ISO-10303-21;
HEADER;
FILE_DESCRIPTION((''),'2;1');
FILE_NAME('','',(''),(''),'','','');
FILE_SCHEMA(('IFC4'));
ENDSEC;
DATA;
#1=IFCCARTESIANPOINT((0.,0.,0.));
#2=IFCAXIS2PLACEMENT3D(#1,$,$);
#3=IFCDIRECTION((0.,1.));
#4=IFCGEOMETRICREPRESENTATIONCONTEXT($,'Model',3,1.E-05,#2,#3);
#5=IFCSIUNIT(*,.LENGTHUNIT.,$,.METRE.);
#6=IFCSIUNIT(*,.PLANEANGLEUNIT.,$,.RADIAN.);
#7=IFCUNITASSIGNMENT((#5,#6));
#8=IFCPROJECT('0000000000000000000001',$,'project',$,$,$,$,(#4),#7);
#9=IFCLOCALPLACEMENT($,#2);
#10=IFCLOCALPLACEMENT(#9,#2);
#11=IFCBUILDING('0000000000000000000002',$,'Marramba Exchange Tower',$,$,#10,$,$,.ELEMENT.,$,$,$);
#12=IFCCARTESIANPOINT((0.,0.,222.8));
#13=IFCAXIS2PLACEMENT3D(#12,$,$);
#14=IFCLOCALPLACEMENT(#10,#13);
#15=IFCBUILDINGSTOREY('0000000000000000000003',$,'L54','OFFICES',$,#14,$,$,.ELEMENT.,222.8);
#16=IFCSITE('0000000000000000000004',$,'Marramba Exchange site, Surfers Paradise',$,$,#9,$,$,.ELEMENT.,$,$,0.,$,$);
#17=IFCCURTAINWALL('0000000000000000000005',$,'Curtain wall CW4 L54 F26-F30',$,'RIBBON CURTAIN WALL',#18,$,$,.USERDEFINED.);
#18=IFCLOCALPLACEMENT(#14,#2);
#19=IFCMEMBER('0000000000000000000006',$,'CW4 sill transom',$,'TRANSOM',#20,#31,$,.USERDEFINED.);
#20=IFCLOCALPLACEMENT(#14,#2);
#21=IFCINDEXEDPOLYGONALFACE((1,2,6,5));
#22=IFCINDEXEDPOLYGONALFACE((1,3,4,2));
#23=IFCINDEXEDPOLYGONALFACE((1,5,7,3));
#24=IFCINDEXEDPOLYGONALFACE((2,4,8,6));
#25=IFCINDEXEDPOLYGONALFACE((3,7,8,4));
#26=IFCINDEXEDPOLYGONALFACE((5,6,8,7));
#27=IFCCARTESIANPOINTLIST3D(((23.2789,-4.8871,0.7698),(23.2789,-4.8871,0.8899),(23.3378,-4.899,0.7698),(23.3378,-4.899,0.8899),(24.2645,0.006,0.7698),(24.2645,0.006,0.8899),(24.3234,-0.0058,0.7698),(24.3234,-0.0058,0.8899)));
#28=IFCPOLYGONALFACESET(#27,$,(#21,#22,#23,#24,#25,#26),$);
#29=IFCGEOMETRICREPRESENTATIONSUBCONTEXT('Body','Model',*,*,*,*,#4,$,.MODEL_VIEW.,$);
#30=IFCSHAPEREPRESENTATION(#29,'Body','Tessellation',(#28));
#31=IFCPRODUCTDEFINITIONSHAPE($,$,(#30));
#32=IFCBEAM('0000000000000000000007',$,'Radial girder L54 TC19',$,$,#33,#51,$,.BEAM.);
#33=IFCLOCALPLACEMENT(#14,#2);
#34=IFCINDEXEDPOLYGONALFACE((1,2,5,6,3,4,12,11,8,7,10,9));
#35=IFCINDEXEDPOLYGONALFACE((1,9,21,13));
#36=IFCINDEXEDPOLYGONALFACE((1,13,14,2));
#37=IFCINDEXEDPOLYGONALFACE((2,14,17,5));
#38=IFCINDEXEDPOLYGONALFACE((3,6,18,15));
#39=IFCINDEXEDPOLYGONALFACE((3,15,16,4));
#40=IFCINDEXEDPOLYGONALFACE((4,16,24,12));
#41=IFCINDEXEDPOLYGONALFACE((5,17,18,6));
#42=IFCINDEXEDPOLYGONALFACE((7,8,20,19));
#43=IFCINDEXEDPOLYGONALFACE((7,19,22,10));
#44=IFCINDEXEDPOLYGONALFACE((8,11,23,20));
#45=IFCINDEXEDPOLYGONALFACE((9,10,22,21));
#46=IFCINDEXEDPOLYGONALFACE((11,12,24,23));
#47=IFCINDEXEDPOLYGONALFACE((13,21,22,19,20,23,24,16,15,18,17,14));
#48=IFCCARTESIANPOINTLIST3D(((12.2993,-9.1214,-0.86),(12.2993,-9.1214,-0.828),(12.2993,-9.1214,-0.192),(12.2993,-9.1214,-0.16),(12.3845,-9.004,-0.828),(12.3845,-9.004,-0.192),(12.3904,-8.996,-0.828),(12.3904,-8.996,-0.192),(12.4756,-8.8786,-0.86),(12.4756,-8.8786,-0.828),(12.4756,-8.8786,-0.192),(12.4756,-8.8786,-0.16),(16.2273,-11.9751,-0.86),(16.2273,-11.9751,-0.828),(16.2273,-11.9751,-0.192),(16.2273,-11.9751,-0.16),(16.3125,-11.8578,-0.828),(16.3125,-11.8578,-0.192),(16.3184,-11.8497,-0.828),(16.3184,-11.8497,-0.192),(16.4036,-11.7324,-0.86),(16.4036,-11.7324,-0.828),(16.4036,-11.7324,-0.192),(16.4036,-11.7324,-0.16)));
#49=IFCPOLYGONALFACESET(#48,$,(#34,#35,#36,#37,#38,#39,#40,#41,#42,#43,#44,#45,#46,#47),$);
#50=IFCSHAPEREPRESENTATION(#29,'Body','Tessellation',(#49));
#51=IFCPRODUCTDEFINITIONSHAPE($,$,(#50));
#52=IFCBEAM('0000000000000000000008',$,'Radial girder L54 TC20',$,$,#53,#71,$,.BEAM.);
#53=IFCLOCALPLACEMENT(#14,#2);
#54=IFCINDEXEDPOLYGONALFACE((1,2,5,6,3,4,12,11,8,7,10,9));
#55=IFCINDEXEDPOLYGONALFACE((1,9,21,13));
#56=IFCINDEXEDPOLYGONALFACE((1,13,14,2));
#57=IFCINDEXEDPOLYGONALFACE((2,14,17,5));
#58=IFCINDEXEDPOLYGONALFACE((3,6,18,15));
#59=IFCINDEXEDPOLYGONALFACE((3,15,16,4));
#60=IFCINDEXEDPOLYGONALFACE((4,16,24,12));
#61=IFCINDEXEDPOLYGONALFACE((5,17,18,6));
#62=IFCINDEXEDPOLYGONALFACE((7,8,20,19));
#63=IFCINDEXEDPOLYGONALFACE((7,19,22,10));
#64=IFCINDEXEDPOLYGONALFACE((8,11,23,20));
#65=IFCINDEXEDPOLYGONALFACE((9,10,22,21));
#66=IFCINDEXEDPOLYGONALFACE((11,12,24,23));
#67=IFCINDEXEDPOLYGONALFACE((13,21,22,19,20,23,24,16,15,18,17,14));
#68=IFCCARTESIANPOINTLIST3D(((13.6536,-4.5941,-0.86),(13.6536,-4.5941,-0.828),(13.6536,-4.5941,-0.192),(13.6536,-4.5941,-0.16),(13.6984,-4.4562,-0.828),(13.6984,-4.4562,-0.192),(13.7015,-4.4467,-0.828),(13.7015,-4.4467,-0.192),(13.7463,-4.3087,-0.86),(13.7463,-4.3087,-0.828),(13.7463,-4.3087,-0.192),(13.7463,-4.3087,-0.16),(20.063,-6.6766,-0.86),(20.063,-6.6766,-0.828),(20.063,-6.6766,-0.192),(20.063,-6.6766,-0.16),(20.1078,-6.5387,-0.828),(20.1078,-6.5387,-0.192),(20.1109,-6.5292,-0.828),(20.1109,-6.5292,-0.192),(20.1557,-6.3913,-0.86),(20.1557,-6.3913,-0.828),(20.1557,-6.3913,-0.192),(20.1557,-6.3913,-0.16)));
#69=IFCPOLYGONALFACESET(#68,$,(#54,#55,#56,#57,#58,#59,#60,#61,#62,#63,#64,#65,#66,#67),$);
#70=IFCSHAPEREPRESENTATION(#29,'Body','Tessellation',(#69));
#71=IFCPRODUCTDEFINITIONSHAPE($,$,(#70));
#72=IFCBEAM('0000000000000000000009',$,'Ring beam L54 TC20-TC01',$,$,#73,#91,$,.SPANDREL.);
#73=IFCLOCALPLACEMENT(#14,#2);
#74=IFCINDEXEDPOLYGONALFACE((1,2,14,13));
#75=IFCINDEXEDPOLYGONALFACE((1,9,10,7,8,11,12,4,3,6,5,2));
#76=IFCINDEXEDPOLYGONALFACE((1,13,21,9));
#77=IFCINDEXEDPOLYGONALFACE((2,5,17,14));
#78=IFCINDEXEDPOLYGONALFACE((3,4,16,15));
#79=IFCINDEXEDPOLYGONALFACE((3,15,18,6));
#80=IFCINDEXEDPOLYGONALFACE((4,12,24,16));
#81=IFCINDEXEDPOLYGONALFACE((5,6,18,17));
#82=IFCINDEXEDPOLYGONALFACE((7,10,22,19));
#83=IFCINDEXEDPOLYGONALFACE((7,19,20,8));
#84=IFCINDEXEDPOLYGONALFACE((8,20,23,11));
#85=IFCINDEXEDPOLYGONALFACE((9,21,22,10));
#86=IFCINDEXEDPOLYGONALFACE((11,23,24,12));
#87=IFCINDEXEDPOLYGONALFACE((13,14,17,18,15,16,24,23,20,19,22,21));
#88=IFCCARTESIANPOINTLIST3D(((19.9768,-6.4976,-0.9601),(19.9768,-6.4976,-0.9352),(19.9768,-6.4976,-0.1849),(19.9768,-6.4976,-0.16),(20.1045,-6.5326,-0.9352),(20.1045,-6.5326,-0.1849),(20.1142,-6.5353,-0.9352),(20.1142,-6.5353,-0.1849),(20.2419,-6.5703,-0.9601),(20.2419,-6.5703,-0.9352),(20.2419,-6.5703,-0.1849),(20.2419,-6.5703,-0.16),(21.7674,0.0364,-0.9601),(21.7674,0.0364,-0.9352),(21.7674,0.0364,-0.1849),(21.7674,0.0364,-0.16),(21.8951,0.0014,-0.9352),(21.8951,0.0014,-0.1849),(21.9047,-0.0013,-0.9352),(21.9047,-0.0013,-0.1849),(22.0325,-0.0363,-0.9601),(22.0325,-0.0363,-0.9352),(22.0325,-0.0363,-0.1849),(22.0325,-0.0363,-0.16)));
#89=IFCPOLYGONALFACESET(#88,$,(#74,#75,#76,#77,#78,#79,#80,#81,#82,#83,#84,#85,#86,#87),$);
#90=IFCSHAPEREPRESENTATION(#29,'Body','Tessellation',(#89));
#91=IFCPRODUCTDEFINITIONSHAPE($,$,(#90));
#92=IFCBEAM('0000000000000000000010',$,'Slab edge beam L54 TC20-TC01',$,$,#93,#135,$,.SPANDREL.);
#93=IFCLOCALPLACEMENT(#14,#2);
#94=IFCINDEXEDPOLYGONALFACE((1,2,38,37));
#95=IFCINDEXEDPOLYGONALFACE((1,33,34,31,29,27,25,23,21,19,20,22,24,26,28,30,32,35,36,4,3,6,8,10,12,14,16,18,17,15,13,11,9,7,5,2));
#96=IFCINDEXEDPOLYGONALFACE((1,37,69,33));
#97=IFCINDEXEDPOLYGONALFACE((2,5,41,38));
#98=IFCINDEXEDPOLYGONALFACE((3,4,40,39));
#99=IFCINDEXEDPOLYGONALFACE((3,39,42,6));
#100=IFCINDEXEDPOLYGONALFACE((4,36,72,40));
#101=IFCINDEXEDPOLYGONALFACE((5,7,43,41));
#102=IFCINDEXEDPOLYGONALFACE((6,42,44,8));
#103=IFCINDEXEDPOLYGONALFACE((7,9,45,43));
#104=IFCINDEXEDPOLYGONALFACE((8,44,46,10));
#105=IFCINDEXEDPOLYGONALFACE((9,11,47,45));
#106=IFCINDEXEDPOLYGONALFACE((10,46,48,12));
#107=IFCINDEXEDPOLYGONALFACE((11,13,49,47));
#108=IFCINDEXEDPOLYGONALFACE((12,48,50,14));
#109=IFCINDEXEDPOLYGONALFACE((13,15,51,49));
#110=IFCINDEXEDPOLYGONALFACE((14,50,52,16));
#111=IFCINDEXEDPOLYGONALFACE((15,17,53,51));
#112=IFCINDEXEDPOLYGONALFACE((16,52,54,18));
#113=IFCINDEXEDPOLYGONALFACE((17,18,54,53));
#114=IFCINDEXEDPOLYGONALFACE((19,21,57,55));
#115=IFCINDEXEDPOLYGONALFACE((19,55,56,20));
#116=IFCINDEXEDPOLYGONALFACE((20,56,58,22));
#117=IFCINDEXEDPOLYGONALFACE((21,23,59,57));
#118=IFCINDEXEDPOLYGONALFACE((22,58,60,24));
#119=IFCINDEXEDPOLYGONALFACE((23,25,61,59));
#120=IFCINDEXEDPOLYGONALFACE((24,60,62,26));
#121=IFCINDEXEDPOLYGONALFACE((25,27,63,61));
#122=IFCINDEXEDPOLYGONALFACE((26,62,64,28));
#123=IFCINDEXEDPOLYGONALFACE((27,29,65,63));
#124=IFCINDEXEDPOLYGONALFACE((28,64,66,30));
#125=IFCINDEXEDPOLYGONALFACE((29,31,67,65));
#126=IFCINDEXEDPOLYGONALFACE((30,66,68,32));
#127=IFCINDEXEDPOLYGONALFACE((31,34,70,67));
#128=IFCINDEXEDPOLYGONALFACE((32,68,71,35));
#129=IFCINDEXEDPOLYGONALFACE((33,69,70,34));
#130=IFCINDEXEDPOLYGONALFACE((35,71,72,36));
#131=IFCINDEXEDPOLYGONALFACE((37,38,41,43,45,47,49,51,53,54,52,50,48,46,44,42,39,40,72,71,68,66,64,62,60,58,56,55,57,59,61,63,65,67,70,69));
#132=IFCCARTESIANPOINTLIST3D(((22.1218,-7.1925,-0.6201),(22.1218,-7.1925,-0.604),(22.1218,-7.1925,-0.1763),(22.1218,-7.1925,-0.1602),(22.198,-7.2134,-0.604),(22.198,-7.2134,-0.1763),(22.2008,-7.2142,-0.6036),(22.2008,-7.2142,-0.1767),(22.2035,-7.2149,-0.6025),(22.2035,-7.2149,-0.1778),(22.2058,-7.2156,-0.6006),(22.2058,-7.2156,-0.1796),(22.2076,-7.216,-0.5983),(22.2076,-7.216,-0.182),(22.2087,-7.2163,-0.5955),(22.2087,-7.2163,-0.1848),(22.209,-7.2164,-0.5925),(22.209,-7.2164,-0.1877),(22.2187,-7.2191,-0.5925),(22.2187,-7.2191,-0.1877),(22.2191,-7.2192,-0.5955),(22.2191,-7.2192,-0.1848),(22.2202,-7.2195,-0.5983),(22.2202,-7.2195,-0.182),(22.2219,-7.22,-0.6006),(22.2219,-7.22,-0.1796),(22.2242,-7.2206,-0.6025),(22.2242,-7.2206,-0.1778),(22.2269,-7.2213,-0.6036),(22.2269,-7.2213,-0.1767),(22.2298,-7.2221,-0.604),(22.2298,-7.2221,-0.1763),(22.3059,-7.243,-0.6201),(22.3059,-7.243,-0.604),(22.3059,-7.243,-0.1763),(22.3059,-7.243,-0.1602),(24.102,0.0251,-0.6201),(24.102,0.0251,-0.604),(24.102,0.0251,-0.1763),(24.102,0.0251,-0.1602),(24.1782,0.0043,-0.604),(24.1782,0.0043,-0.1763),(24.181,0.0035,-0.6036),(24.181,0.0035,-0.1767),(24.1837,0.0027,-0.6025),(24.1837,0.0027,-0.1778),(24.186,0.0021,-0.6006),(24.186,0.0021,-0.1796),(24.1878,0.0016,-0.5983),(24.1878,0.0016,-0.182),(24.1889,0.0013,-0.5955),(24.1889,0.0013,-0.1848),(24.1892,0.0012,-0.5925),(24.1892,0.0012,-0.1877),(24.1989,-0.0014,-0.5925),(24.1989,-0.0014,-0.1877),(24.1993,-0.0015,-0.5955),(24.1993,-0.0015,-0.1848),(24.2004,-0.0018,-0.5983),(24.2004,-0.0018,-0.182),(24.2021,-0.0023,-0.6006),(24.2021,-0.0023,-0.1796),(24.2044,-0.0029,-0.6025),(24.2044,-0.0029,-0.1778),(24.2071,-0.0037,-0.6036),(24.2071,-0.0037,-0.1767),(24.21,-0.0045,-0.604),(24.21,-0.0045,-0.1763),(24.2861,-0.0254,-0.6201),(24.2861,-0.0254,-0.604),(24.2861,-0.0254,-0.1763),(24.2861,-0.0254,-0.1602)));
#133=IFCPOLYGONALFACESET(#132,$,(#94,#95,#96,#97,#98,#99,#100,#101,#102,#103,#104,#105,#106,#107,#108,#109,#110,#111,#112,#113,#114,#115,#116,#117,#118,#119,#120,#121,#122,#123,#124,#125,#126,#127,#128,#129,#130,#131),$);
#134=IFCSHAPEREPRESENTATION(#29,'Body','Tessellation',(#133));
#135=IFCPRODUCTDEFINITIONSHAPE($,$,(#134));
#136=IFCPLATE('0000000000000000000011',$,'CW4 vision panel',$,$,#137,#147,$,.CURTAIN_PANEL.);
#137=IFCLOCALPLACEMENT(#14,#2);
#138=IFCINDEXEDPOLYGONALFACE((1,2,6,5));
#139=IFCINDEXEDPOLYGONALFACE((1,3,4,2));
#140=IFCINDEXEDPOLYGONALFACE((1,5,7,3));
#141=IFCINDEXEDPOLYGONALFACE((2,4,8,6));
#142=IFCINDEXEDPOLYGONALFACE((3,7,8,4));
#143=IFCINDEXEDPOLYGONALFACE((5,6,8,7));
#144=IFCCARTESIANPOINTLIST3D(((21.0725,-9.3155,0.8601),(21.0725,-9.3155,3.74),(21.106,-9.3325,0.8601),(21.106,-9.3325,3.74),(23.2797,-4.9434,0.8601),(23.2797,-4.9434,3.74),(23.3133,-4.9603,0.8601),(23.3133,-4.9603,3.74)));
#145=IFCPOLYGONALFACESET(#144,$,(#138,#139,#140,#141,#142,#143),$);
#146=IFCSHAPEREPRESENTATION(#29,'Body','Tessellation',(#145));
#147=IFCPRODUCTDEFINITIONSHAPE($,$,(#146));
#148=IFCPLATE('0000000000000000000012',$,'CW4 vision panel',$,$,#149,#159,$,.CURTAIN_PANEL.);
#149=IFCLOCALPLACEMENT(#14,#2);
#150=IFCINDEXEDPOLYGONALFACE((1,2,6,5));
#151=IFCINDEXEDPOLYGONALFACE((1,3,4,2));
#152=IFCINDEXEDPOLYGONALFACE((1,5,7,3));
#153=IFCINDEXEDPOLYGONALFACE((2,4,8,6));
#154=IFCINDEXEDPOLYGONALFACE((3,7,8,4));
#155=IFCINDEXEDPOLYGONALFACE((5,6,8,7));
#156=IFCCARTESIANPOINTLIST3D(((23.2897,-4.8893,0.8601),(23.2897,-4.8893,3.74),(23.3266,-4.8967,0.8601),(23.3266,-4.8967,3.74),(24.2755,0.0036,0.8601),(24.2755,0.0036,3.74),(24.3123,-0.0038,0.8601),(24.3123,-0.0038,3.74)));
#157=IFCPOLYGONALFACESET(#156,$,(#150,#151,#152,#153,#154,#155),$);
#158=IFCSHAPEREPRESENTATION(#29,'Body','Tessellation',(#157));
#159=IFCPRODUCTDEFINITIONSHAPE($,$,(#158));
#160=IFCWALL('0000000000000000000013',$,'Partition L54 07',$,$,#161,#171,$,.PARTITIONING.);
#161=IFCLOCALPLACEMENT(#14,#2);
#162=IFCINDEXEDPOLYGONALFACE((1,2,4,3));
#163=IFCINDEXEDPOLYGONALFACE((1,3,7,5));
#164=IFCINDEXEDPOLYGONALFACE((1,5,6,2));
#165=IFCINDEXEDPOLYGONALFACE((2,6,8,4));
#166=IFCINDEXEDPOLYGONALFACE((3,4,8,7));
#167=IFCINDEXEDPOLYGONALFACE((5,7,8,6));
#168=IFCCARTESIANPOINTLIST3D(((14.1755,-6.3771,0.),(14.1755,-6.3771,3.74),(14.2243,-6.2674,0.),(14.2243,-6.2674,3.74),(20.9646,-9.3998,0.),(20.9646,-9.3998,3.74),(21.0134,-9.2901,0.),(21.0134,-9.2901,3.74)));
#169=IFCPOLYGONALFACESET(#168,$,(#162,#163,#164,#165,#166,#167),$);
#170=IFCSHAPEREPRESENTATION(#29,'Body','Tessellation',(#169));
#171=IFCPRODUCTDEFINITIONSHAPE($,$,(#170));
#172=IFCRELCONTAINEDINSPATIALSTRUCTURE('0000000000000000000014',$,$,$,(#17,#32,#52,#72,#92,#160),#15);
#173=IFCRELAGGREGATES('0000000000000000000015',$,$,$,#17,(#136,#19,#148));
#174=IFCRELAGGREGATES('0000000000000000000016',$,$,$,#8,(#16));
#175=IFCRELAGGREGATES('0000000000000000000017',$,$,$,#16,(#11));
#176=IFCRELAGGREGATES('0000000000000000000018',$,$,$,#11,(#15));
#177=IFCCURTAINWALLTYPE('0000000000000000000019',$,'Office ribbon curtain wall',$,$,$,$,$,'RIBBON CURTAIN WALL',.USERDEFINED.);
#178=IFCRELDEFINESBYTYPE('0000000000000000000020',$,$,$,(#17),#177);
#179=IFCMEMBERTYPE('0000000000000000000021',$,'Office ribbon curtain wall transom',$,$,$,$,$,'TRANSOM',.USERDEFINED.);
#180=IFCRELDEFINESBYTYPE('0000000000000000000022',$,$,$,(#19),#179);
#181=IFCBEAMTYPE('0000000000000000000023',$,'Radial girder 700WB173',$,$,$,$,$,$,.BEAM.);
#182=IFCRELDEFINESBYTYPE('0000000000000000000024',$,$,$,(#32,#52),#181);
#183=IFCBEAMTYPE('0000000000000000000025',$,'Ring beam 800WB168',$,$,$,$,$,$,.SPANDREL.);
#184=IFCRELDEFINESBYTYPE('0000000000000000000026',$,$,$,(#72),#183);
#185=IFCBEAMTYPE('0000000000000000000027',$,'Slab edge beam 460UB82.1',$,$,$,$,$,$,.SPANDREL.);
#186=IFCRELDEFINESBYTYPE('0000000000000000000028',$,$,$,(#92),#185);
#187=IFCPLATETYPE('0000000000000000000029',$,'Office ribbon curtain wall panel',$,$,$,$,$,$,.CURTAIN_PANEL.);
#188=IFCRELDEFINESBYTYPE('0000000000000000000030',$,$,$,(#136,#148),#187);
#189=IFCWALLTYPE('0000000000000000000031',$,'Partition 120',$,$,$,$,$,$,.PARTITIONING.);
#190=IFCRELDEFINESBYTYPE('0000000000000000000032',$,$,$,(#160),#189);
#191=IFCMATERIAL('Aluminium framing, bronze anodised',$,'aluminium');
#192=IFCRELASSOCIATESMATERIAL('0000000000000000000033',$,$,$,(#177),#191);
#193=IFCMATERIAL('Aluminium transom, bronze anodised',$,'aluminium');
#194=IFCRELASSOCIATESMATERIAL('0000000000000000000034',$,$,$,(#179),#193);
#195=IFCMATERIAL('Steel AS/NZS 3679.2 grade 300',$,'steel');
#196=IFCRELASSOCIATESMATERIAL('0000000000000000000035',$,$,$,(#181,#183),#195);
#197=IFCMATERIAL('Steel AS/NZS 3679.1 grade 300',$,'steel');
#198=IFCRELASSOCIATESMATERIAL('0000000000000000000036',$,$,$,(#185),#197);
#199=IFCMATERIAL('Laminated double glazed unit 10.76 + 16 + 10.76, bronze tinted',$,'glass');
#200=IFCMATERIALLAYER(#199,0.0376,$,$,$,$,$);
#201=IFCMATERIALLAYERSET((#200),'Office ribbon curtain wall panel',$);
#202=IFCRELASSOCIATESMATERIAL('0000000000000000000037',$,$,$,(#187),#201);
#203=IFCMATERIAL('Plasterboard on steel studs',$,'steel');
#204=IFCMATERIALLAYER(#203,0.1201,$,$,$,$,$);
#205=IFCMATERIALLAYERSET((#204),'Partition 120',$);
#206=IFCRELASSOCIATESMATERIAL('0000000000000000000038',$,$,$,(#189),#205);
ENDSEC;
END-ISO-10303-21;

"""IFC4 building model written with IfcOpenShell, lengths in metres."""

from ifc_helpers import new_model, si_unit, direction, frame, frame_2d, origin, origin_2d, place, context, subcontext, project, spatial, rectangle, i_section, extrude, material, layer, layer_set, material_profile, profile_set, type_object, element, aggregate, save


model = new_model("IFC4")

# Units and contexts
model_context = context("Model", 3, precision=1e-05, world=origin(), true_north=direction((0.0, 1.0)))
body_context = subcontext(model_context, "Body", "Model", "MODEL_VIEW")
ifc_project = project(units=[si_unit("LENGTHUNIT", "METRE"), si_unit("PLANEANGLEUNIT", "RADIAN")], contexts=[model_context])

# Site, building, storey
site_placement = place(None, origin())
site = spatial("IfcSite", under=ifc_project, at=site_placement, Name="Marramba Exchange site, Surfers Paradise", CompositionType="ELEMENT", RefElevation=0.0)
building_placement = place(site_placement, origin())
building = spatial("IfcBuilding", under=site, at=building_placement, Name="Marramba Exchange Tower", CompositionType="ELEMENT")
storey_placement = place(building_placement, frame((0.0, 0.0, 222.8)))
storey = spatial("IfcBuildingStorey", under=building, at=storey_placement, Name="L54", Description="OFFICES", CompositionType="ELEMENT", Elevation=222.8)

# Shared definitions
ifc_material_1 = material(Name="Steel AS/NZS 3679.2 grade 300", Category="steel")
ifc_material_2 = material(Name="Steel AS/NZS 3679.1 grade 300", Category="steel")

# Curtain wall, member
ifc_material_3 = material(Name="Aluminium framing, bronze anodised", Category="aluminium")
curtain_wall_type = type_object("IfcCurtainWallType", Name="Office ribbon curtain wall", ElementType="RIBBON CURTAIN WALL", PredefinedType="USERDEFINED", material=ifc_material_3)
curtain_wall_placement = place(storey_placement, origin())
curtain_wall = element("IfcCurtainWall", 1, at=curtain_wall_placement, inside=storey, type_object=curtain_wall_type, Name="Curtain wall CW4 L54 F26-F30", ObjectType="RIBBON CURTAIN WALL", PredefinedType="USERDEFINED")
ifc_material_4 = material(Name="Aluminium transom, bronze anodised", Category="aluminium")
ifc_material_profile_1 = material_profile(ifc_material_4, rectangle(XDim=0.0601, YDim=0.1201, at=origin_2d()), Name="CW4 transom 60x120")
ifc_profile_set_1 = profile_set([ifc_material_profile_1], Name="Aluminium transom, bronze anodised")
member_type_1 = type_object("IfcMemberType", Name="Office ribbon curtain wall transom", ElementType="TRANSOM", PredefinedType="USERDEFINED", material=ifc_profile_set_1)
member_1_placement = place(storey_placement, frame((23.3083, -4.8931, 0.8298), z_axis=(0.197461, 0.980311, 0.0), x_axis=(-0.980311, 0.197461, 0.0)))
member_1 = element("IfcMember", 2, at=member_1_placement, type_object=member_type_1, Name="CW4 sill transom", ObjectType="TRANSOM", PredefinedType="USERDEFINED", context=body_context, shape_type="SweptSolid", body=[
    extrude(rectangle(XDim=0.0601, YDim=0.1201, at=origin_2d()), origin(), (0.0, 0.0, 1.0), 4.9915),
])

# Beams
ifc_material_profile_2 = material_profile(ifc_material_1, i_section(OverallWidth=0.3, OverallDepth=0.7, WebThickness=0.01, FlangeThickness=0.032, at=origin_2d()), Name="700WB173")
ifc_profile_set_2 = profile_set([ifc_material_profile_2], Name="Steel AS/NZS 3679.2 grade 300")
beam_type_1 = type_object("IfcBeamType", Name="Radial girder 700WB173", PredefinedType="BEAM", material=ifc_profile_set_2)
beam_1_placement = place(storey_placement, frame((12.3875, -9.0, -0.51), z_axis=(0.809025, -0.587774, 0.0), x_axis=(0.587774, 0.809025, 0.0)))
element("IfcBeam", 3, at=beam_1_placement, inside=storey, type_object=beam_type_1, Name="Radial girder L54 TC19", PredefinedType="BEAM", context=body_context, shape_type="SweptSolid", body=[
    extrude(i_section(OverallWidth=0.3, OverallDepth=0.7, WebThickness=0.01, FlangeThickness=0.032, at=origin_2d()), origin(), (0.0, 0.0, 1.0), 4.8552),
])
beam_2_placement = place(storey_placement, frame((13.7, -4.4514, -0.51), z_axis=(0.951058, -0.309013, 0.0), x_axis=(0.309013, 0.951058, 0.0)))
element("IfcBeam", 4, at=beam_2_placement, inside=storey, type_object=beam_type_1, Name="Radial girder L54 TC20", PredefinedType="BEAM", context=body_context, shape_type="SweptSolid", body=[
    extrude(i_section(OverallWidth=0.3, OverallDepth=0.7, WebThickness=0.01, FlangeThickness=0.032, at=origin_2d()), origin(), (0.0, 0.0, 1.0), 6.7393),
])
ifc_material_profile_3 = material_profile(ifc_material_1, i_section(OverallWidth=0.2749, OverallDepth=0.8, WebThickness=0.01, FlangeThickness=0.0249, at=origin_2d()), Name="800WB168")
ifc_profile_set_3 = profile_set([ifc_material_profile_3], Name="Steel AS/NZS 3679.2 grade 300")
beam_type_2 = type_object("IfcBeamType", Name="Ring beam 800WB168", PredefinedType="SPANDREL", material=ifc_profile_set_3)
beam_3_placement = place(storey_placement, frame((20.1094, -6.5339, -0.5601), z_axis=(0.264291, 0.964443, 0.0), x_axis=(-0.964443, 0.264291, 0.0)))
element("IfcBeam", 5, at=beam_3_placement, inside=storey, type_object=beam_type_2, Name="Ring beam L54 TC20-TC01", PredefinedType="SPANDREL", context=body_context, shape_type="SweptSolid", body=[
    extrude(i_section(OverallWidth=0.2749, OverallDepth=0.8, WebThickness=0.01, FlangeThickness=0.0249, at=origin_2d()), origin(), (0.0, 0.0, 1.0), 6.7749),
])
ifc_material_profile_4 = material_profile(ifc_material_2, i_section(OverallWidth=0.1909, OverallDepth=0.46, WebThickness=0.01, FlangeThickness=0.0161, FilletRadius=0.0115, at=origin_2d()), Name="460UB82.1")
ifc_profile_set_4 = profile_set([ifc_material_profile_4], Name="Steel AS/NZS 3679.1 grade 300")
beam_type_3 = type_object("IfcBeamType", Name="Slab edge beam 460UB82.1", PredefinedType="SPANDREL", material=ifc_profile_set_4)
beam_4_placement = place(storey_placement, frame((22.2139, -7.2178, -0.3901), z_axis=(0.264577, 0.964365, 0.0), x_axis=(-0.964365, 0.264577, 0.0)))
element("IfcBeam", 6, at=beam_4_placement, inside=storey, type_object=beam_type_3, Name="Slab edge beam L54 TC20-TC01", PredefinedType="SPANDREL", context=body_context, shape_type="SweptSolid", body=[
    extrude(i_section(OverallWidth=0.1909, OverallDepth=0.46, WebThickness=0.01, FlangeThickness=0.0161, FilletRadius=0.0115, at=origin_2d()), origin(), (0.0, 0.0, 1.0), 7.4844),
])

# Plates
ifc_material_5 = material(Name="Laminated double glazed unit 10.76 + 16 + 10.76, bronze tinted", Category="glass")
ifc_layer_1 = layer(ifc_material_5, 0.0376)
ifc_layer_set_1 = layer_set([ifc_layer_1], Name="Office ribbon curtain wall panel")
plate_type = type_object("IfcPlateType", Name="Office ribbon curtain wall panel", PredefinedType="CURTAIN_PANEL", material=ifc_layer_set_1)
plate_1_placement = place(storey_placement, frame((22.1929, -7.1379, 0.8601), z_axis=(0.0, 0.0, 1.0), x_axis=(0.450673, 0.892689, 0.0)))
plate_1 = element("IfcPlate", 7, at=plate_1_placement, type_object=plate_type, Name="CW4 vision panel", PredefinedType="CURTAIN_PANEL", context=body_context, shape_type="SweptSolid", body=[
    extrude(rectangle(XDim=4.8977, YDim=0.0376, at=origin_2d()), origin(), (0.0, 0.0, 1.0), 2.8799),
])
plate_2_placement = place(storey_placement, frame((23.801, -2.4465, 0.8601), z_axis=(0.0, 0.0, 1.0), x_axis=(0.197495, 0.980304, 0.0)))
plate_2 = element("IfcPlate", 8, at=plate_2_placement, type_object=plate_type, Name="CW4 vision panel", PredefinedType="CURTAIN_PANEL", context=body_context, shape_type="SweptSolid", body=[
    extrude(rectangle(XDim=4.9912, YDim=0.0376, at=origin_2d()), origin(), (0.0, 0.0, 1.0), 2.8799),
])
aggregate(curtain_wall, [plate_1, member_1, plate_2])

# Wall
ifc_material_6 = material(Name="Plasterboard on steel studs", Category="steel")
ifc_layer_2 = layer(ifc_material_6, 0.1201)
ifc_layer_set_2 = layer_set([ifc_layer_2], Name="Partition 120")
wall_type_1 = type_object("IfcWallType", Name="Partition 120", PredefinedType="PARTITIONING", material=ifc_layer_set_2)
wall_1_placement = place(storey_placement, frame((20.989, -9.345, 0.0), z_axis=(0.0, 0.0, 1.0), x_axis=(-0.913544, 0.406739, 0.0)))
element("IfcWall", 9, at=wall_1_placement, inside=storey, type_object=wall_type_1, Name="Partition L54 07", PredefinedType="PARTITIONING", context=body_context, shape_type="SweptSolid", body=[
    extrude(rectangle(XDim=7.4316, YDim=0.1201, at=frame_2d((3.7158, 0.0))), origin(), (0.0, 0.0, 1.0), 3.74),
])

save(model, "model.ifc")
